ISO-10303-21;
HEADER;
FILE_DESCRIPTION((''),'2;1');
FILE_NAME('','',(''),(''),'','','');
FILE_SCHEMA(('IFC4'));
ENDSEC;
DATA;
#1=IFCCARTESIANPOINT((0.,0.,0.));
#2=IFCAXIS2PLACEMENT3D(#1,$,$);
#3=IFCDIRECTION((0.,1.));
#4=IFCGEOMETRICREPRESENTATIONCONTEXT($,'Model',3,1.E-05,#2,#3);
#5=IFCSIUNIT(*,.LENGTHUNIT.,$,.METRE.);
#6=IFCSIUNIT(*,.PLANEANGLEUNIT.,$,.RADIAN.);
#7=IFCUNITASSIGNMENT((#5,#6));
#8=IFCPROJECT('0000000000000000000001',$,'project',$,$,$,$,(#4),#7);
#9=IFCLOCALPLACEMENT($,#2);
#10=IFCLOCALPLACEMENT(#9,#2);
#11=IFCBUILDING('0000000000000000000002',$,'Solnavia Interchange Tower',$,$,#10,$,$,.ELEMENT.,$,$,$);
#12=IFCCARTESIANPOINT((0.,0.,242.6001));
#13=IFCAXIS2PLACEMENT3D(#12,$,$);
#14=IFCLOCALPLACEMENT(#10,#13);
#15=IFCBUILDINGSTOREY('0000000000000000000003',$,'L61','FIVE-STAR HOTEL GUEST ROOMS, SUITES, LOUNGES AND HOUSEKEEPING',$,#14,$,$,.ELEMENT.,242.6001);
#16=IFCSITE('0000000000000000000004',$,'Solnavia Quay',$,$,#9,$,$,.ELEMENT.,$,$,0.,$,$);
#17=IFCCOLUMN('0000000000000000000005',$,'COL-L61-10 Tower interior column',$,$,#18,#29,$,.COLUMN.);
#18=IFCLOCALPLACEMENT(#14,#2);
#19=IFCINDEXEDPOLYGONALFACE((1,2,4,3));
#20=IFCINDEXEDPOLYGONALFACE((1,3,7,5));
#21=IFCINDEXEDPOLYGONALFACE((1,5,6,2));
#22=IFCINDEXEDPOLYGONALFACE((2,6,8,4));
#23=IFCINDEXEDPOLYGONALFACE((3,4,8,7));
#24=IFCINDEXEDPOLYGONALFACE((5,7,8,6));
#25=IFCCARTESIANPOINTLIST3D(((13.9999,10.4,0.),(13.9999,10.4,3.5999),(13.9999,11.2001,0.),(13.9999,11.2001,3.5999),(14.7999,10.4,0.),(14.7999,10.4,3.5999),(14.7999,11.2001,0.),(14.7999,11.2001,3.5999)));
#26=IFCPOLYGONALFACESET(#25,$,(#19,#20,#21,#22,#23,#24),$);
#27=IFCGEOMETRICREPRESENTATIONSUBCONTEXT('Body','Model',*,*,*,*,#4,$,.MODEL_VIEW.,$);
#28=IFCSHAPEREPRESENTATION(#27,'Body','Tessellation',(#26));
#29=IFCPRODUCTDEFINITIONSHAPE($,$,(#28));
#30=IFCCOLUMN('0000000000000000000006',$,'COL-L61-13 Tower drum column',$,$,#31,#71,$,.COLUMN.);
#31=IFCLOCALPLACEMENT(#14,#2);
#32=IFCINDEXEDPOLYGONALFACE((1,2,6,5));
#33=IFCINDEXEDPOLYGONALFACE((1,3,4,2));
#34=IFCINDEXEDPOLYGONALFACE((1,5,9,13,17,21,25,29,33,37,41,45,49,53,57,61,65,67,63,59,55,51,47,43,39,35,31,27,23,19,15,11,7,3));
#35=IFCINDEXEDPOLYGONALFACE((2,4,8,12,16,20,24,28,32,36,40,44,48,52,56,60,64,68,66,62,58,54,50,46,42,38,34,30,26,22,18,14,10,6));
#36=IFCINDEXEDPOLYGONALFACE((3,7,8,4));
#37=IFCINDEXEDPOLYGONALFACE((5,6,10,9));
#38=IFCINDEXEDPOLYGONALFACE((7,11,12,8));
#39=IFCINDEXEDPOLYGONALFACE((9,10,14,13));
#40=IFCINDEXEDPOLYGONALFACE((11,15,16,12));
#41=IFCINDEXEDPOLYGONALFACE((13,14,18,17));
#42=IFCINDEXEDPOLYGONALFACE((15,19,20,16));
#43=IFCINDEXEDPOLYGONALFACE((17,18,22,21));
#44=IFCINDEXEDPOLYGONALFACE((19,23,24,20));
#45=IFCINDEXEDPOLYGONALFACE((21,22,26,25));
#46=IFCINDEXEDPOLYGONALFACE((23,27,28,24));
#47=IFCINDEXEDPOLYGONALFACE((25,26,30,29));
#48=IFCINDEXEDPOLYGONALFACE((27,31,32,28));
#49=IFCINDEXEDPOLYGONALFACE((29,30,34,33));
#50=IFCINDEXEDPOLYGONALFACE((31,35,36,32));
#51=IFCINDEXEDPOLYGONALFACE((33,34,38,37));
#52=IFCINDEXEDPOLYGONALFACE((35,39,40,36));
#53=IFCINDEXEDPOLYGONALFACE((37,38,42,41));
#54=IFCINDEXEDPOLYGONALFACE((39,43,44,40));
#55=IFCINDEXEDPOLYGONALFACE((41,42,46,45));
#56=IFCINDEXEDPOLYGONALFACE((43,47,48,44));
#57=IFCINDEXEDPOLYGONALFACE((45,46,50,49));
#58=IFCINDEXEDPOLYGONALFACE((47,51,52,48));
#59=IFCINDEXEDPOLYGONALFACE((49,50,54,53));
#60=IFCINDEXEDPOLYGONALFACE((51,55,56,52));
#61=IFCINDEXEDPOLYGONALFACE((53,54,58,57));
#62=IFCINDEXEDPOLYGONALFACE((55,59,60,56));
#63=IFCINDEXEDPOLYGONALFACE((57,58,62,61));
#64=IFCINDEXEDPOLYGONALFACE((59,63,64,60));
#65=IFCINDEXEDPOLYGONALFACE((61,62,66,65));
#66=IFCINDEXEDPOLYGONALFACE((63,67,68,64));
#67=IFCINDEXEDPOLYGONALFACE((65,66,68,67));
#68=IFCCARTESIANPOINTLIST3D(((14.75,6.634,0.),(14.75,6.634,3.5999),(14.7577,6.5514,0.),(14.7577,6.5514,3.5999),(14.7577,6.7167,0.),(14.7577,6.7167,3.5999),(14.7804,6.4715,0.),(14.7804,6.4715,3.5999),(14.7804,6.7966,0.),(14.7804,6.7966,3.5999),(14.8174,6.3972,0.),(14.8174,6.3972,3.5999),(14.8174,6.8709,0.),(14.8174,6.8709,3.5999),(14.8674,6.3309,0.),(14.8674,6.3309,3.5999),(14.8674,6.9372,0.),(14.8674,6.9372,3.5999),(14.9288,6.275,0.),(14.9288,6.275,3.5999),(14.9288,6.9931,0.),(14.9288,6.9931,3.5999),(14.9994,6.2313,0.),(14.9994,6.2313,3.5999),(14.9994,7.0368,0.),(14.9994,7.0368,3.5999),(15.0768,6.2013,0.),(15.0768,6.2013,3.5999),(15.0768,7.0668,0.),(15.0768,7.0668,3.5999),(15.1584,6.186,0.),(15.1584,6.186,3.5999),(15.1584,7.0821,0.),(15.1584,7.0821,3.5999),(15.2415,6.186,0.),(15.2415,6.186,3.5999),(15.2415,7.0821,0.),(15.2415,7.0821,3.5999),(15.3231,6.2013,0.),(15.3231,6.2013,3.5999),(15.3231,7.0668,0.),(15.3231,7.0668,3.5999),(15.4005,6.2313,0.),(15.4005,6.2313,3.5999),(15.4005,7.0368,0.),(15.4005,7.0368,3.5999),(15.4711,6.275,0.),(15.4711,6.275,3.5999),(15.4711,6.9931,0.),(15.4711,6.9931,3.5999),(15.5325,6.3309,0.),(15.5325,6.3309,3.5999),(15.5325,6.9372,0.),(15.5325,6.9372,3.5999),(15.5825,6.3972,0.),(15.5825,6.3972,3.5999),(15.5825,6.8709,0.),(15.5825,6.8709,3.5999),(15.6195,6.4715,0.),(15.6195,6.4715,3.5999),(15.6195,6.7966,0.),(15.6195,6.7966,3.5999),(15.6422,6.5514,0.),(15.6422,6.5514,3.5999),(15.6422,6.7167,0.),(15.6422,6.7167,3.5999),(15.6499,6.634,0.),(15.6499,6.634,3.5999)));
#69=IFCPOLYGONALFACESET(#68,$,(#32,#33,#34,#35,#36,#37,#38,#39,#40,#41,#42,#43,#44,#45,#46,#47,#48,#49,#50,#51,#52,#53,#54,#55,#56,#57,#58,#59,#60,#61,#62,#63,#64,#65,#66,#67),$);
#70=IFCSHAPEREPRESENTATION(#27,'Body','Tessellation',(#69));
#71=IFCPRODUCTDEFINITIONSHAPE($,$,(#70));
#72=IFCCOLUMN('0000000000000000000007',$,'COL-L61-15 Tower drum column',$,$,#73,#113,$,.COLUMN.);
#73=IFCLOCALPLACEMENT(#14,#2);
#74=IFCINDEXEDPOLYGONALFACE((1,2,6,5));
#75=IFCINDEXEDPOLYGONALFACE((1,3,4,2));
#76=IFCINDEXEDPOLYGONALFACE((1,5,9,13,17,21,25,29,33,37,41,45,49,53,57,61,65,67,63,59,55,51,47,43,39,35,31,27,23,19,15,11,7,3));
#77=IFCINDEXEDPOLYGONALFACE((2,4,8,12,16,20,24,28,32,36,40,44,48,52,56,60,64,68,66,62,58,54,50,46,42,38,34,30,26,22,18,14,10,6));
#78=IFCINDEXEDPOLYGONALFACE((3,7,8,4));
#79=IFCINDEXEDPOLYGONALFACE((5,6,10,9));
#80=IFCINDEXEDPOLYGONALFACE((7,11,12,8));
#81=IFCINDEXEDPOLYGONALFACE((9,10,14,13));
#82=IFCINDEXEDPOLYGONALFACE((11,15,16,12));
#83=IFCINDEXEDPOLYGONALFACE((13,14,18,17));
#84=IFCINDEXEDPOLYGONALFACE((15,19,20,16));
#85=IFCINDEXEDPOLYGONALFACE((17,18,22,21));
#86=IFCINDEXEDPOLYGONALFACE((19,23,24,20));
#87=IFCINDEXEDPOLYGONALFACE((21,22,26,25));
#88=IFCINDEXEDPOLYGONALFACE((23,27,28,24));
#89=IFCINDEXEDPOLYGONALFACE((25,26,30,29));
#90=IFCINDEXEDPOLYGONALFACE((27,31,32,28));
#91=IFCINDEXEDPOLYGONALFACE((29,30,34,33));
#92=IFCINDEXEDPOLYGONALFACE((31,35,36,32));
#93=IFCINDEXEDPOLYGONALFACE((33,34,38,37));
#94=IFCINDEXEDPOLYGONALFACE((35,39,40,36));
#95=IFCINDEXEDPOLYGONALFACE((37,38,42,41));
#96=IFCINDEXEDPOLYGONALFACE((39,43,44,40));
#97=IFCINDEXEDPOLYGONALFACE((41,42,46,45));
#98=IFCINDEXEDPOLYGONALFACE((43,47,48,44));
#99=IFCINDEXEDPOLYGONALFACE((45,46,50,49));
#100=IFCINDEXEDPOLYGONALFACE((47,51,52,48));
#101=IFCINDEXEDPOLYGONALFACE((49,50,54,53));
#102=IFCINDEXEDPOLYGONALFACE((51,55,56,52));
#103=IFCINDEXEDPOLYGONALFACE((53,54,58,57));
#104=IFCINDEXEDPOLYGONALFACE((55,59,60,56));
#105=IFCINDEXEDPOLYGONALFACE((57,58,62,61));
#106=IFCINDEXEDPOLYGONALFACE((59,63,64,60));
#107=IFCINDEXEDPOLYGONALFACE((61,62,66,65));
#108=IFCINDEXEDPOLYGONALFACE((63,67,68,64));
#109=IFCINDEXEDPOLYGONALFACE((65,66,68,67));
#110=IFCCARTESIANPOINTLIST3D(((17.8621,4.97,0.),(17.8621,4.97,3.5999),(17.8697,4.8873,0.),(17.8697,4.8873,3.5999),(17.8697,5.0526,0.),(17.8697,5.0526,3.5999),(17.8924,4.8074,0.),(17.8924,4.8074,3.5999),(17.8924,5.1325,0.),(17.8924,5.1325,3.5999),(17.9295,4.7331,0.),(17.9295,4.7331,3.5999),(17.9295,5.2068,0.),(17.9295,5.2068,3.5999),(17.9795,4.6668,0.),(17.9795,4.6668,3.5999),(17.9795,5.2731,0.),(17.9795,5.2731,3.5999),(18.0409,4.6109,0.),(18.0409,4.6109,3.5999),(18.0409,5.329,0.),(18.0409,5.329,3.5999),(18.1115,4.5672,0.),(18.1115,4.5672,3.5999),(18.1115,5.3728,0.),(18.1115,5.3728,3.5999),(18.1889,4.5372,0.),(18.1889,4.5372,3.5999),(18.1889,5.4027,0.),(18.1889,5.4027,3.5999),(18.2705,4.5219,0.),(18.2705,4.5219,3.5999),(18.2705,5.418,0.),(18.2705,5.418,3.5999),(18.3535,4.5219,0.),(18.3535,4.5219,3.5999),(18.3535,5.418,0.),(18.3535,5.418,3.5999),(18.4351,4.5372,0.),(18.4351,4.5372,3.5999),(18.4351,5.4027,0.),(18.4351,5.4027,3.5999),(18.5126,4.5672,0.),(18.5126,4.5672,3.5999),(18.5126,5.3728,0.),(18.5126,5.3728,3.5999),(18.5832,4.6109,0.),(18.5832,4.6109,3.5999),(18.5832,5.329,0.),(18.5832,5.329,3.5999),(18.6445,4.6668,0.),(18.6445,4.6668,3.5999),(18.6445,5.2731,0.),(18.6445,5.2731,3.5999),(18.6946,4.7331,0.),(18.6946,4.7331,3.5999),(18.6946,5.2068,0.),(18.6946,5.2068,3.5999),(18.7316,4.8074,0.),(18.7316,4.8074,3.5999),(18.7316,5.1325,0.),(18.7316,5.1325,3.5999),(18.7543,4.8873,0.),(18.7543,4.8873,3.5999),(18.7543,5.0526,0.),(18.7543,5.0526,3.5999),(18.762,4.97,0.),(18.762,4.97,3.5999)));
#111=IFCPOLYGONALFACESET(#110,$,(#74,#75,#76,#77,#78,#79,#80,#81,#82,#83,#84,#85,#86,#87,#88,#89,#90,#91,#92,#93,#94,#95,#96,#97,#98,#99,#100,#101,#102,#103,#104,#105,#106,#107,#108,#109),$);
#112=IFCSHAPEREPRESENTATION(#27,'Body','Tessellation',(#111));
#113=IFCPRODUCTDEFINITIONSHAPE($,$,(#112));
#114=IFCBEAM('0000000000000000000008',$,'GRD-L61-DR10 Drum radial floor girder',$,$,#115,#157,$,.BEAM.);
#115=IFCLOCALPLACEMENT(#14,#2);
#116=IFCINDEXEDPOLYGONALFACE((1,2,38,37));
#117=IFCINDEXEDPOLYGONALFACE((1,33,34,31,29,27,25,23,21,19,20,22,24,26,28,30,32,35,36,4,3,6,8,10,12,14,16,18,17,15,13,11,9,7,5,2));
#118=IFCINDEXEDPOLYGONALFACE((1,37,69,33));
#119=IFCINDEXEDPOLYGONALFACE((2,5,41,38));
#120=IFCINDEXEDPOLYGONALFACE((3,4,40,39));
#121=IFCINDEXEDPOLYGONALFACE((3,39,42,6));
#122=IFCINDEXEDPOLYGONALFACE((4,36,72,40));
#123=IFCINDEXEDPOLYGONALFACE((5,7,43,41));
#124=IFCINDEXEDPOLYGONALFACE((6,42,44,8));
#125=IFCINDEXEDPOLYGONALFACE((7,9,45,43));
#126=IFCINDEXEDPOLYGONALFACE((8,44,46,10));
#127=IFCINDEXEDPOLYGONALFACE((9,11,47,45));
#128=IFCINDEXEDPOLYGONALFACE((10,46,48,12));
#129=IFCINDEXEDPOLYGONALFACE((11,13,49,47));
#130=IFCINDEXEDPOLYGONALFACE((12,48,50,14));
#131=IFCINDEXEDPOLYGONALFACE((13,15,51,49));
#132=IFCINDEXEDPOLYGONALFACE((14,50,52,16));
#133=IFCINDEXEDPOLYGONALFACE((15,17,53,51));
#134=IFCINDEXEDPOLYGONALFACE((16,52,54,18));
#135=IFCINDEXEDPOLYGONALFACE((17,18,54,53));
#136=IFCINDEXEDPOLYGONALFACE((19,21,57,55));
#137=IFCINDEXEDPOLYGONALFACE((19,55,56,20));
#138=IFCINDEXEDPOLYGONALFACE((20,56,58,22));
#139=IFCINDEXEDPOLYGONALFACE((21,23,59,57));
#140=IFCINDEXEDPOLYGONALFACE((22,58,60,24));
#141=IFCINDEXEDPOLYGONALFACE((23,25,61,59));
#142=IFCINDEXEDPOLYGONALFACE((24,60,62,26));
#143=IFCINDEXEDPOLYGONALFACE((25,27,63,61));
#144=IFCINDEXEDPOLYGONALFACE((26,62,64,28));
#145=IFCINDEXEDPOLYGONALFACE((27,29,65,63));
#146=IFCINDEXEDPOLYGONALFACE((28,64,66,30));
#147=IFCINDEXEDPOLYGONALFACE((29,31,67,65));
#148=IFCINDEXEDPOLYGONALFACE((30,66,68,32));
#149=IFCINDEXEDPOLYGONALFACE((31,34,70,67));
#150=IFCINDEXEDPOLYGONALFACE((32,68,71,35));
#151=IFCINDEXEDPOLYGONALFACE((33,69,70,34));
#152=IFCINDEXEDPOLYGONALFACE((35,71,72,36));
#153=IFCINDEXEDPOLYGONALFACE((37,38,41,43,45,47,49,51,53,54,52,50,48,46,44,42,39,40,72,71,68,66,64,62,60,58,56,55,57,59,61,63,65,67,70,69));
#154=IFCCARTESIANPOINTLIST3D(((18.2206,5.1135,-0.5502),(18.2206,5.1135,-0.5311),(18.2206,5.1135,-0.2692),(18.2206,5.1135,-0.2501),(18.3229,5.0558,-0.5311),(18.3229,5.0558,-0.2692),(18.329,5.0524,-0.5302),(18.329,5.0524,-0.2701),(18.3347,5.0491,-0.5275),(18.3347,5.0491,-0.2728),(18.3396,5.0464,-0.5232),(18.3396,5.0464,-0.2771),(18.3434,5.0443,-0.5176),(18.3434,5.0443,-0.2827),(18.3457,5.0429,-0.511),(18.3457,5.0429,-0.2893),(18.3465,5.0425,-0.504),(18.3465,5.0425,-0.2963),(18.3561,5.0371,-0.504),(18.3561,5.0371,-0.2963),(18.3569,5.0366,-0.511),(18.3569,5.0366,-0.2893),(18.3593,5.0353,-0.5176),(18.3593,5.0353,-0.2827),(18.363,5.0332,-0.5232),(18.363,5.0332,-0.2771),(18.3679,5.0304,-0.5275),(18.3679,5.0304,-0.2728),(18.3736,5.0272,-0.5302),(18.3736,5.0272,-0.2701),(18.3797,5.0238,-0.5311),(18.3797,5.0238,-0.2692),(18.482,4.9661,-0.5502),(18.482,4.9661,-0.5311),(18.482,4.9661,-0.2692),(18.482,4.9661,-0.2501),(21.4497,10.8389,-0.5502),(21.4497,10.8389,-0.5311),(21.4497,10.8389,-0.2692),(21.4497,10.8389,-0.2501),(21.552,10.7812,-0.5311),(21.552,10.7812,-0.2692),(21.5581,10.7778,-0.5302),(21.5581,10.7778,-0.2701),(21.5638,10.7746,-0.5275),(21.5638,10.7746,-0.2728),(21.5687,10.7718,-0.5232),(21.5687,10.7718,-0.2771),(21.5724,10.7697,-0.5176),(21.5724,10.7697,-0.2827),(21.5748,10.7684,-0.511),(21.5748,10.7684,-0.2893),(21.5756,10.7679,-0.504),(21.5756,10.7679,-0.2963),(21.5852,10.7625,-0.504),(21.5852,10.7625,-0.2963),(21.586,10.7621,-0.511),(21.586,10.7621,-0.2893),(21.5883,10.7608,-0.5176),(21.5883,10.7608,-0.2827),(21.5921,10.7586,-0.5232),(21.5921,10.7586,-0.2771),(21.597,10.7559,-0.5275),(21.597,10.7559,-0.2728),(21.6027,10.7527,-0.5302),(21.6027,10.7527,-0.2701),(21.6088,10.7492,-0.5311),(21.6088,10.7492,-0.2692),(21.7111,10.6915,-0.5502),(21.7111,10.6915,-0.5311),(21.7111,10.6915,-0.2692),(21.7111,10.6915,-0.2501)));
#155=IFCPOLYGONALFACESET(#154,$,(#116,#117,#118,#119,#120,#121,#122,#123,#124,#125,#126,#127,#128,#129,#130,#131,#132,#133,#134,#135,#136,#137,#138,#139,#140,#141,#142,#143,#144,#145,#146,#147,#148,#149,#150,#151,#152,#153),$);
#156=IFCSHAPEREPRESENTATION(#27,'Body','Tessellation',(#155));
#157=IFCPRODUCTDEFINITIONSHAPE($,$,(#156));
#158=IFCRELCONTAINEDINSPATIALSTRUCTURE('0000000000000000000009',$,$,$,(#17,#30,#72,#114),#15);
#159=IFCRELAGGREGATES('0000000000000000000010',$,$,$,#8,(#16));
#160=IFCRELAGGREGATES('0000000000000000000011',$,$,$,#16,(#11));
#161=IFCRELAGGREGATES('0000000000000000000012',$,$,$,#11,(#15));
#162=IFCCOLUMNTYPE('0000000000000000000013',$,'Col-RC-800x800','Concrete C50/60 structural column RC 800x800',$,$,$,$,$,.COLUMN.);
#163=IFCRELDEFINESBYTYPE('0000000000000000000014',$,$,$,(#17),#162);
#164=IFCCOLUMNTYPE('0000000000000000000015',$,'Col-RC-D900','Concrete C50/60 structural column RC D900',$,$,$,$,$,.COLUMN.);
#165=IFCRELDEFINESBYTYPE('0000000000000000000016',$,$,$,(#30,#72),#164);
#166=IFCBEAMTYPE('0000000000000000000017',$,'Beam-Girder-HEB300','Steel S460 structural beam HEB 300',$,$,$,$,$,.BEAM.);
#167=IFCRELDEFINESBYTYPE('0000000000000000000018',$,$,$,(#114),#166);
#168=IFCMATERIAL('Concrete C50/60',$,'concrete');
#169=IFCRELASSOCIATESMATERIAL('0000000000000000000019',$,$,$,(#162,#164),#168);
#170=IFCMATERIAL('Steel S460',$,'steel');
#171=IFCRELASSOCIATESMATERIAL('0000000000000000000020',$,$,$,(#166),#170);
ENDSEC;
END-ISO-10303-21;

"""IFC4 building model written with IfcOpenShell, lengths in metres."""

from ifc_helpers import new_model, si_unit, direction, frame, origin, origin_2d, place, context, subcontext, project, spatial, rectangle, circle, i_section, extrude, material, material_profile, profile_set, type_object, element, save


model = new_model("IFC4")

# Units and contexts
model_context = context("Model", 3, precision=1e-05, world=origin(), true_north=direction((0.0, 1.0)))
body_context = subcontext(model_context, "Body", "Model", "MODEL_VIEW")
ifc_project = project(units=[si_unit("LENGTHUNIT", "METRE"), si_unit("PLANEANGLEUNIT", "RADIAN")], contexts=[model_context])

# Site, building, storey
site_placement = place(None, origin())
site = spatial("IfcSite", under=ifc_project, at=site_placement, Name="Solnavia Quay", CompositionType="ELEMENT", RefElevation=0.0)
building_placement = place(site_placement, origin())
building = spatial("IfcBuilding", under=site, at=building_placement, Name="Solnavia Interchange Tower", CompositionType="ELEMENT")
storey_placement = place(building_placement, frame((0.0, 0.0, 242.6001)))
storey = spatial("IfcBuildingStorey", under=building, at=storey_placement, Name="L61", Description="FIVE-STAR HOTEL GUEST ROOMS, SUITES, LOUNGES AND HOUSEKEEPING", CompositionType="ELEMENT", Elevation=242.6001)

# Columns
ifc_material_1 = material(Name="Concrete C50/60", Category="concrete")
ifc_material_profile_1 = material_profile(ifc_material_1, rectangle(XDim=0.8, YDim=0.8, at=origin_2d()), Name="RC 800x800")
ifc_profile_set_1 = profile_set([ifc_material_profile_1], Name="Concrete C50/60")
column_type_1 = type_object("IfcColumnType", Name="Col-RC-800x800", Description="Concrete C50/60 structural column RC 800x800", PredefinedType="COLUMN", material=ifc_profile_set_1)
column_placement = place(storey_placement, frame((14.3999, 10.8, 0.0), z_axis=(0.0, 0.0, 1.0), x_axis=(1.0, 0.0, 0.0)))
element("IfcColumn", 1, at=column_placement, inside=storey, type_object=column_type_1, Name="COL-L61-10 Tower interior column", PredefinedType="COLUMN", context=body_context, shape_type="SweptSolid", body=[
    extrude(rectangle(XDim=0.8, YDim=0.8, at=origin_2d()), origin(), (0.0, 0.0, 1.0), 3.5999),
])
ifc_material_profile_2 = material_profile(ifc_material_1, circle(Radius=0.45, at=origin_2d()), Name="RC D900")
ifc_profile_set_2 = profile_set([ifc_material_profile_2], Name="Concrete C50/60")
column_type_2 = type_object("IfcColumnType", Name="Col-RC-D900", Description="Concrete C50/60 structural column RC D900", PredefinedType="COLUMN", material=ifc_profile_set_2)
for number, where, z_axis, x_axis, name in (
    (2, (15.2, 6.634, 0.0), (0.0, 0.0, 1.0), (1.0, 0.0, 0.0), "COL-L61-13 Tower drum column"),
    (3, (18.312, 4.97, 0.0), (0.0, 0.0, 1.0), (1.0, 0.0, 0.0), "COL-L61-15 Tower drum column"),
):
    element("IfcColumn", number, at=place(storey_placement, frame(where, z_axis=z_axis, x_axis=x_axis)), inside=storey, type_object=column_type_2, Name=name, PredefinedType="COLUMN", context=body_context, shape_type="SweptSolid", body=[
        extrude(circle(Radius=0.45, at=origin_2d()), origin(), (0.0, 0.0, 1.0), 3.5999),
    ])

# Beam
ifc_material_2 = material(Name="Steel S460", Category="steel")
ifc_material_profile_3 = material_profile(ifc_material_2, i_section(OverallWidth=0.3, OverallDepth=0.3, WebThickness=0.011, FlangeThickness=0.019, FilletRadius=0.0271, at=origin_2d()), Name="HEB 300")
ifc_profile_set_3 = profile_set([ifc_material_profile_3], Name="Steel S460")
beam_type_1 = type_object("IfcBeamType", Name="Beam-Girder-HEB300", Description="Steel S460 structural beam HEB 300", PredefinedType="BEAM", material=ifc_profile_set_3)
beam_1_placement = place(storey_placement, frame((18.3513, 5.0398, -0.4001), z_axis=(0.491243, 0.871022, 0.0), x_axis=(-0.871022, 0.491243, 0.0)))
element("IfcBeam", 4, at=beam_1_placement, inside=storey, type_object=beam_type_1, Name="GRD-L61-DR10 Drum radial floor girder", PredefinedType="BEAM", context=body_context, shape_type="SweptSolid", body=[
    extrude(i_section(OverallWidth=0.3, OverallDepth=0.3, WebThickness=0.011, FlangeThickness=0.019, FilletRadius=0.0271, at=origin_2d()), origin(), (0.0, 0.0, 1.0), 6.5732),
])

save(model, "model.ifc")
